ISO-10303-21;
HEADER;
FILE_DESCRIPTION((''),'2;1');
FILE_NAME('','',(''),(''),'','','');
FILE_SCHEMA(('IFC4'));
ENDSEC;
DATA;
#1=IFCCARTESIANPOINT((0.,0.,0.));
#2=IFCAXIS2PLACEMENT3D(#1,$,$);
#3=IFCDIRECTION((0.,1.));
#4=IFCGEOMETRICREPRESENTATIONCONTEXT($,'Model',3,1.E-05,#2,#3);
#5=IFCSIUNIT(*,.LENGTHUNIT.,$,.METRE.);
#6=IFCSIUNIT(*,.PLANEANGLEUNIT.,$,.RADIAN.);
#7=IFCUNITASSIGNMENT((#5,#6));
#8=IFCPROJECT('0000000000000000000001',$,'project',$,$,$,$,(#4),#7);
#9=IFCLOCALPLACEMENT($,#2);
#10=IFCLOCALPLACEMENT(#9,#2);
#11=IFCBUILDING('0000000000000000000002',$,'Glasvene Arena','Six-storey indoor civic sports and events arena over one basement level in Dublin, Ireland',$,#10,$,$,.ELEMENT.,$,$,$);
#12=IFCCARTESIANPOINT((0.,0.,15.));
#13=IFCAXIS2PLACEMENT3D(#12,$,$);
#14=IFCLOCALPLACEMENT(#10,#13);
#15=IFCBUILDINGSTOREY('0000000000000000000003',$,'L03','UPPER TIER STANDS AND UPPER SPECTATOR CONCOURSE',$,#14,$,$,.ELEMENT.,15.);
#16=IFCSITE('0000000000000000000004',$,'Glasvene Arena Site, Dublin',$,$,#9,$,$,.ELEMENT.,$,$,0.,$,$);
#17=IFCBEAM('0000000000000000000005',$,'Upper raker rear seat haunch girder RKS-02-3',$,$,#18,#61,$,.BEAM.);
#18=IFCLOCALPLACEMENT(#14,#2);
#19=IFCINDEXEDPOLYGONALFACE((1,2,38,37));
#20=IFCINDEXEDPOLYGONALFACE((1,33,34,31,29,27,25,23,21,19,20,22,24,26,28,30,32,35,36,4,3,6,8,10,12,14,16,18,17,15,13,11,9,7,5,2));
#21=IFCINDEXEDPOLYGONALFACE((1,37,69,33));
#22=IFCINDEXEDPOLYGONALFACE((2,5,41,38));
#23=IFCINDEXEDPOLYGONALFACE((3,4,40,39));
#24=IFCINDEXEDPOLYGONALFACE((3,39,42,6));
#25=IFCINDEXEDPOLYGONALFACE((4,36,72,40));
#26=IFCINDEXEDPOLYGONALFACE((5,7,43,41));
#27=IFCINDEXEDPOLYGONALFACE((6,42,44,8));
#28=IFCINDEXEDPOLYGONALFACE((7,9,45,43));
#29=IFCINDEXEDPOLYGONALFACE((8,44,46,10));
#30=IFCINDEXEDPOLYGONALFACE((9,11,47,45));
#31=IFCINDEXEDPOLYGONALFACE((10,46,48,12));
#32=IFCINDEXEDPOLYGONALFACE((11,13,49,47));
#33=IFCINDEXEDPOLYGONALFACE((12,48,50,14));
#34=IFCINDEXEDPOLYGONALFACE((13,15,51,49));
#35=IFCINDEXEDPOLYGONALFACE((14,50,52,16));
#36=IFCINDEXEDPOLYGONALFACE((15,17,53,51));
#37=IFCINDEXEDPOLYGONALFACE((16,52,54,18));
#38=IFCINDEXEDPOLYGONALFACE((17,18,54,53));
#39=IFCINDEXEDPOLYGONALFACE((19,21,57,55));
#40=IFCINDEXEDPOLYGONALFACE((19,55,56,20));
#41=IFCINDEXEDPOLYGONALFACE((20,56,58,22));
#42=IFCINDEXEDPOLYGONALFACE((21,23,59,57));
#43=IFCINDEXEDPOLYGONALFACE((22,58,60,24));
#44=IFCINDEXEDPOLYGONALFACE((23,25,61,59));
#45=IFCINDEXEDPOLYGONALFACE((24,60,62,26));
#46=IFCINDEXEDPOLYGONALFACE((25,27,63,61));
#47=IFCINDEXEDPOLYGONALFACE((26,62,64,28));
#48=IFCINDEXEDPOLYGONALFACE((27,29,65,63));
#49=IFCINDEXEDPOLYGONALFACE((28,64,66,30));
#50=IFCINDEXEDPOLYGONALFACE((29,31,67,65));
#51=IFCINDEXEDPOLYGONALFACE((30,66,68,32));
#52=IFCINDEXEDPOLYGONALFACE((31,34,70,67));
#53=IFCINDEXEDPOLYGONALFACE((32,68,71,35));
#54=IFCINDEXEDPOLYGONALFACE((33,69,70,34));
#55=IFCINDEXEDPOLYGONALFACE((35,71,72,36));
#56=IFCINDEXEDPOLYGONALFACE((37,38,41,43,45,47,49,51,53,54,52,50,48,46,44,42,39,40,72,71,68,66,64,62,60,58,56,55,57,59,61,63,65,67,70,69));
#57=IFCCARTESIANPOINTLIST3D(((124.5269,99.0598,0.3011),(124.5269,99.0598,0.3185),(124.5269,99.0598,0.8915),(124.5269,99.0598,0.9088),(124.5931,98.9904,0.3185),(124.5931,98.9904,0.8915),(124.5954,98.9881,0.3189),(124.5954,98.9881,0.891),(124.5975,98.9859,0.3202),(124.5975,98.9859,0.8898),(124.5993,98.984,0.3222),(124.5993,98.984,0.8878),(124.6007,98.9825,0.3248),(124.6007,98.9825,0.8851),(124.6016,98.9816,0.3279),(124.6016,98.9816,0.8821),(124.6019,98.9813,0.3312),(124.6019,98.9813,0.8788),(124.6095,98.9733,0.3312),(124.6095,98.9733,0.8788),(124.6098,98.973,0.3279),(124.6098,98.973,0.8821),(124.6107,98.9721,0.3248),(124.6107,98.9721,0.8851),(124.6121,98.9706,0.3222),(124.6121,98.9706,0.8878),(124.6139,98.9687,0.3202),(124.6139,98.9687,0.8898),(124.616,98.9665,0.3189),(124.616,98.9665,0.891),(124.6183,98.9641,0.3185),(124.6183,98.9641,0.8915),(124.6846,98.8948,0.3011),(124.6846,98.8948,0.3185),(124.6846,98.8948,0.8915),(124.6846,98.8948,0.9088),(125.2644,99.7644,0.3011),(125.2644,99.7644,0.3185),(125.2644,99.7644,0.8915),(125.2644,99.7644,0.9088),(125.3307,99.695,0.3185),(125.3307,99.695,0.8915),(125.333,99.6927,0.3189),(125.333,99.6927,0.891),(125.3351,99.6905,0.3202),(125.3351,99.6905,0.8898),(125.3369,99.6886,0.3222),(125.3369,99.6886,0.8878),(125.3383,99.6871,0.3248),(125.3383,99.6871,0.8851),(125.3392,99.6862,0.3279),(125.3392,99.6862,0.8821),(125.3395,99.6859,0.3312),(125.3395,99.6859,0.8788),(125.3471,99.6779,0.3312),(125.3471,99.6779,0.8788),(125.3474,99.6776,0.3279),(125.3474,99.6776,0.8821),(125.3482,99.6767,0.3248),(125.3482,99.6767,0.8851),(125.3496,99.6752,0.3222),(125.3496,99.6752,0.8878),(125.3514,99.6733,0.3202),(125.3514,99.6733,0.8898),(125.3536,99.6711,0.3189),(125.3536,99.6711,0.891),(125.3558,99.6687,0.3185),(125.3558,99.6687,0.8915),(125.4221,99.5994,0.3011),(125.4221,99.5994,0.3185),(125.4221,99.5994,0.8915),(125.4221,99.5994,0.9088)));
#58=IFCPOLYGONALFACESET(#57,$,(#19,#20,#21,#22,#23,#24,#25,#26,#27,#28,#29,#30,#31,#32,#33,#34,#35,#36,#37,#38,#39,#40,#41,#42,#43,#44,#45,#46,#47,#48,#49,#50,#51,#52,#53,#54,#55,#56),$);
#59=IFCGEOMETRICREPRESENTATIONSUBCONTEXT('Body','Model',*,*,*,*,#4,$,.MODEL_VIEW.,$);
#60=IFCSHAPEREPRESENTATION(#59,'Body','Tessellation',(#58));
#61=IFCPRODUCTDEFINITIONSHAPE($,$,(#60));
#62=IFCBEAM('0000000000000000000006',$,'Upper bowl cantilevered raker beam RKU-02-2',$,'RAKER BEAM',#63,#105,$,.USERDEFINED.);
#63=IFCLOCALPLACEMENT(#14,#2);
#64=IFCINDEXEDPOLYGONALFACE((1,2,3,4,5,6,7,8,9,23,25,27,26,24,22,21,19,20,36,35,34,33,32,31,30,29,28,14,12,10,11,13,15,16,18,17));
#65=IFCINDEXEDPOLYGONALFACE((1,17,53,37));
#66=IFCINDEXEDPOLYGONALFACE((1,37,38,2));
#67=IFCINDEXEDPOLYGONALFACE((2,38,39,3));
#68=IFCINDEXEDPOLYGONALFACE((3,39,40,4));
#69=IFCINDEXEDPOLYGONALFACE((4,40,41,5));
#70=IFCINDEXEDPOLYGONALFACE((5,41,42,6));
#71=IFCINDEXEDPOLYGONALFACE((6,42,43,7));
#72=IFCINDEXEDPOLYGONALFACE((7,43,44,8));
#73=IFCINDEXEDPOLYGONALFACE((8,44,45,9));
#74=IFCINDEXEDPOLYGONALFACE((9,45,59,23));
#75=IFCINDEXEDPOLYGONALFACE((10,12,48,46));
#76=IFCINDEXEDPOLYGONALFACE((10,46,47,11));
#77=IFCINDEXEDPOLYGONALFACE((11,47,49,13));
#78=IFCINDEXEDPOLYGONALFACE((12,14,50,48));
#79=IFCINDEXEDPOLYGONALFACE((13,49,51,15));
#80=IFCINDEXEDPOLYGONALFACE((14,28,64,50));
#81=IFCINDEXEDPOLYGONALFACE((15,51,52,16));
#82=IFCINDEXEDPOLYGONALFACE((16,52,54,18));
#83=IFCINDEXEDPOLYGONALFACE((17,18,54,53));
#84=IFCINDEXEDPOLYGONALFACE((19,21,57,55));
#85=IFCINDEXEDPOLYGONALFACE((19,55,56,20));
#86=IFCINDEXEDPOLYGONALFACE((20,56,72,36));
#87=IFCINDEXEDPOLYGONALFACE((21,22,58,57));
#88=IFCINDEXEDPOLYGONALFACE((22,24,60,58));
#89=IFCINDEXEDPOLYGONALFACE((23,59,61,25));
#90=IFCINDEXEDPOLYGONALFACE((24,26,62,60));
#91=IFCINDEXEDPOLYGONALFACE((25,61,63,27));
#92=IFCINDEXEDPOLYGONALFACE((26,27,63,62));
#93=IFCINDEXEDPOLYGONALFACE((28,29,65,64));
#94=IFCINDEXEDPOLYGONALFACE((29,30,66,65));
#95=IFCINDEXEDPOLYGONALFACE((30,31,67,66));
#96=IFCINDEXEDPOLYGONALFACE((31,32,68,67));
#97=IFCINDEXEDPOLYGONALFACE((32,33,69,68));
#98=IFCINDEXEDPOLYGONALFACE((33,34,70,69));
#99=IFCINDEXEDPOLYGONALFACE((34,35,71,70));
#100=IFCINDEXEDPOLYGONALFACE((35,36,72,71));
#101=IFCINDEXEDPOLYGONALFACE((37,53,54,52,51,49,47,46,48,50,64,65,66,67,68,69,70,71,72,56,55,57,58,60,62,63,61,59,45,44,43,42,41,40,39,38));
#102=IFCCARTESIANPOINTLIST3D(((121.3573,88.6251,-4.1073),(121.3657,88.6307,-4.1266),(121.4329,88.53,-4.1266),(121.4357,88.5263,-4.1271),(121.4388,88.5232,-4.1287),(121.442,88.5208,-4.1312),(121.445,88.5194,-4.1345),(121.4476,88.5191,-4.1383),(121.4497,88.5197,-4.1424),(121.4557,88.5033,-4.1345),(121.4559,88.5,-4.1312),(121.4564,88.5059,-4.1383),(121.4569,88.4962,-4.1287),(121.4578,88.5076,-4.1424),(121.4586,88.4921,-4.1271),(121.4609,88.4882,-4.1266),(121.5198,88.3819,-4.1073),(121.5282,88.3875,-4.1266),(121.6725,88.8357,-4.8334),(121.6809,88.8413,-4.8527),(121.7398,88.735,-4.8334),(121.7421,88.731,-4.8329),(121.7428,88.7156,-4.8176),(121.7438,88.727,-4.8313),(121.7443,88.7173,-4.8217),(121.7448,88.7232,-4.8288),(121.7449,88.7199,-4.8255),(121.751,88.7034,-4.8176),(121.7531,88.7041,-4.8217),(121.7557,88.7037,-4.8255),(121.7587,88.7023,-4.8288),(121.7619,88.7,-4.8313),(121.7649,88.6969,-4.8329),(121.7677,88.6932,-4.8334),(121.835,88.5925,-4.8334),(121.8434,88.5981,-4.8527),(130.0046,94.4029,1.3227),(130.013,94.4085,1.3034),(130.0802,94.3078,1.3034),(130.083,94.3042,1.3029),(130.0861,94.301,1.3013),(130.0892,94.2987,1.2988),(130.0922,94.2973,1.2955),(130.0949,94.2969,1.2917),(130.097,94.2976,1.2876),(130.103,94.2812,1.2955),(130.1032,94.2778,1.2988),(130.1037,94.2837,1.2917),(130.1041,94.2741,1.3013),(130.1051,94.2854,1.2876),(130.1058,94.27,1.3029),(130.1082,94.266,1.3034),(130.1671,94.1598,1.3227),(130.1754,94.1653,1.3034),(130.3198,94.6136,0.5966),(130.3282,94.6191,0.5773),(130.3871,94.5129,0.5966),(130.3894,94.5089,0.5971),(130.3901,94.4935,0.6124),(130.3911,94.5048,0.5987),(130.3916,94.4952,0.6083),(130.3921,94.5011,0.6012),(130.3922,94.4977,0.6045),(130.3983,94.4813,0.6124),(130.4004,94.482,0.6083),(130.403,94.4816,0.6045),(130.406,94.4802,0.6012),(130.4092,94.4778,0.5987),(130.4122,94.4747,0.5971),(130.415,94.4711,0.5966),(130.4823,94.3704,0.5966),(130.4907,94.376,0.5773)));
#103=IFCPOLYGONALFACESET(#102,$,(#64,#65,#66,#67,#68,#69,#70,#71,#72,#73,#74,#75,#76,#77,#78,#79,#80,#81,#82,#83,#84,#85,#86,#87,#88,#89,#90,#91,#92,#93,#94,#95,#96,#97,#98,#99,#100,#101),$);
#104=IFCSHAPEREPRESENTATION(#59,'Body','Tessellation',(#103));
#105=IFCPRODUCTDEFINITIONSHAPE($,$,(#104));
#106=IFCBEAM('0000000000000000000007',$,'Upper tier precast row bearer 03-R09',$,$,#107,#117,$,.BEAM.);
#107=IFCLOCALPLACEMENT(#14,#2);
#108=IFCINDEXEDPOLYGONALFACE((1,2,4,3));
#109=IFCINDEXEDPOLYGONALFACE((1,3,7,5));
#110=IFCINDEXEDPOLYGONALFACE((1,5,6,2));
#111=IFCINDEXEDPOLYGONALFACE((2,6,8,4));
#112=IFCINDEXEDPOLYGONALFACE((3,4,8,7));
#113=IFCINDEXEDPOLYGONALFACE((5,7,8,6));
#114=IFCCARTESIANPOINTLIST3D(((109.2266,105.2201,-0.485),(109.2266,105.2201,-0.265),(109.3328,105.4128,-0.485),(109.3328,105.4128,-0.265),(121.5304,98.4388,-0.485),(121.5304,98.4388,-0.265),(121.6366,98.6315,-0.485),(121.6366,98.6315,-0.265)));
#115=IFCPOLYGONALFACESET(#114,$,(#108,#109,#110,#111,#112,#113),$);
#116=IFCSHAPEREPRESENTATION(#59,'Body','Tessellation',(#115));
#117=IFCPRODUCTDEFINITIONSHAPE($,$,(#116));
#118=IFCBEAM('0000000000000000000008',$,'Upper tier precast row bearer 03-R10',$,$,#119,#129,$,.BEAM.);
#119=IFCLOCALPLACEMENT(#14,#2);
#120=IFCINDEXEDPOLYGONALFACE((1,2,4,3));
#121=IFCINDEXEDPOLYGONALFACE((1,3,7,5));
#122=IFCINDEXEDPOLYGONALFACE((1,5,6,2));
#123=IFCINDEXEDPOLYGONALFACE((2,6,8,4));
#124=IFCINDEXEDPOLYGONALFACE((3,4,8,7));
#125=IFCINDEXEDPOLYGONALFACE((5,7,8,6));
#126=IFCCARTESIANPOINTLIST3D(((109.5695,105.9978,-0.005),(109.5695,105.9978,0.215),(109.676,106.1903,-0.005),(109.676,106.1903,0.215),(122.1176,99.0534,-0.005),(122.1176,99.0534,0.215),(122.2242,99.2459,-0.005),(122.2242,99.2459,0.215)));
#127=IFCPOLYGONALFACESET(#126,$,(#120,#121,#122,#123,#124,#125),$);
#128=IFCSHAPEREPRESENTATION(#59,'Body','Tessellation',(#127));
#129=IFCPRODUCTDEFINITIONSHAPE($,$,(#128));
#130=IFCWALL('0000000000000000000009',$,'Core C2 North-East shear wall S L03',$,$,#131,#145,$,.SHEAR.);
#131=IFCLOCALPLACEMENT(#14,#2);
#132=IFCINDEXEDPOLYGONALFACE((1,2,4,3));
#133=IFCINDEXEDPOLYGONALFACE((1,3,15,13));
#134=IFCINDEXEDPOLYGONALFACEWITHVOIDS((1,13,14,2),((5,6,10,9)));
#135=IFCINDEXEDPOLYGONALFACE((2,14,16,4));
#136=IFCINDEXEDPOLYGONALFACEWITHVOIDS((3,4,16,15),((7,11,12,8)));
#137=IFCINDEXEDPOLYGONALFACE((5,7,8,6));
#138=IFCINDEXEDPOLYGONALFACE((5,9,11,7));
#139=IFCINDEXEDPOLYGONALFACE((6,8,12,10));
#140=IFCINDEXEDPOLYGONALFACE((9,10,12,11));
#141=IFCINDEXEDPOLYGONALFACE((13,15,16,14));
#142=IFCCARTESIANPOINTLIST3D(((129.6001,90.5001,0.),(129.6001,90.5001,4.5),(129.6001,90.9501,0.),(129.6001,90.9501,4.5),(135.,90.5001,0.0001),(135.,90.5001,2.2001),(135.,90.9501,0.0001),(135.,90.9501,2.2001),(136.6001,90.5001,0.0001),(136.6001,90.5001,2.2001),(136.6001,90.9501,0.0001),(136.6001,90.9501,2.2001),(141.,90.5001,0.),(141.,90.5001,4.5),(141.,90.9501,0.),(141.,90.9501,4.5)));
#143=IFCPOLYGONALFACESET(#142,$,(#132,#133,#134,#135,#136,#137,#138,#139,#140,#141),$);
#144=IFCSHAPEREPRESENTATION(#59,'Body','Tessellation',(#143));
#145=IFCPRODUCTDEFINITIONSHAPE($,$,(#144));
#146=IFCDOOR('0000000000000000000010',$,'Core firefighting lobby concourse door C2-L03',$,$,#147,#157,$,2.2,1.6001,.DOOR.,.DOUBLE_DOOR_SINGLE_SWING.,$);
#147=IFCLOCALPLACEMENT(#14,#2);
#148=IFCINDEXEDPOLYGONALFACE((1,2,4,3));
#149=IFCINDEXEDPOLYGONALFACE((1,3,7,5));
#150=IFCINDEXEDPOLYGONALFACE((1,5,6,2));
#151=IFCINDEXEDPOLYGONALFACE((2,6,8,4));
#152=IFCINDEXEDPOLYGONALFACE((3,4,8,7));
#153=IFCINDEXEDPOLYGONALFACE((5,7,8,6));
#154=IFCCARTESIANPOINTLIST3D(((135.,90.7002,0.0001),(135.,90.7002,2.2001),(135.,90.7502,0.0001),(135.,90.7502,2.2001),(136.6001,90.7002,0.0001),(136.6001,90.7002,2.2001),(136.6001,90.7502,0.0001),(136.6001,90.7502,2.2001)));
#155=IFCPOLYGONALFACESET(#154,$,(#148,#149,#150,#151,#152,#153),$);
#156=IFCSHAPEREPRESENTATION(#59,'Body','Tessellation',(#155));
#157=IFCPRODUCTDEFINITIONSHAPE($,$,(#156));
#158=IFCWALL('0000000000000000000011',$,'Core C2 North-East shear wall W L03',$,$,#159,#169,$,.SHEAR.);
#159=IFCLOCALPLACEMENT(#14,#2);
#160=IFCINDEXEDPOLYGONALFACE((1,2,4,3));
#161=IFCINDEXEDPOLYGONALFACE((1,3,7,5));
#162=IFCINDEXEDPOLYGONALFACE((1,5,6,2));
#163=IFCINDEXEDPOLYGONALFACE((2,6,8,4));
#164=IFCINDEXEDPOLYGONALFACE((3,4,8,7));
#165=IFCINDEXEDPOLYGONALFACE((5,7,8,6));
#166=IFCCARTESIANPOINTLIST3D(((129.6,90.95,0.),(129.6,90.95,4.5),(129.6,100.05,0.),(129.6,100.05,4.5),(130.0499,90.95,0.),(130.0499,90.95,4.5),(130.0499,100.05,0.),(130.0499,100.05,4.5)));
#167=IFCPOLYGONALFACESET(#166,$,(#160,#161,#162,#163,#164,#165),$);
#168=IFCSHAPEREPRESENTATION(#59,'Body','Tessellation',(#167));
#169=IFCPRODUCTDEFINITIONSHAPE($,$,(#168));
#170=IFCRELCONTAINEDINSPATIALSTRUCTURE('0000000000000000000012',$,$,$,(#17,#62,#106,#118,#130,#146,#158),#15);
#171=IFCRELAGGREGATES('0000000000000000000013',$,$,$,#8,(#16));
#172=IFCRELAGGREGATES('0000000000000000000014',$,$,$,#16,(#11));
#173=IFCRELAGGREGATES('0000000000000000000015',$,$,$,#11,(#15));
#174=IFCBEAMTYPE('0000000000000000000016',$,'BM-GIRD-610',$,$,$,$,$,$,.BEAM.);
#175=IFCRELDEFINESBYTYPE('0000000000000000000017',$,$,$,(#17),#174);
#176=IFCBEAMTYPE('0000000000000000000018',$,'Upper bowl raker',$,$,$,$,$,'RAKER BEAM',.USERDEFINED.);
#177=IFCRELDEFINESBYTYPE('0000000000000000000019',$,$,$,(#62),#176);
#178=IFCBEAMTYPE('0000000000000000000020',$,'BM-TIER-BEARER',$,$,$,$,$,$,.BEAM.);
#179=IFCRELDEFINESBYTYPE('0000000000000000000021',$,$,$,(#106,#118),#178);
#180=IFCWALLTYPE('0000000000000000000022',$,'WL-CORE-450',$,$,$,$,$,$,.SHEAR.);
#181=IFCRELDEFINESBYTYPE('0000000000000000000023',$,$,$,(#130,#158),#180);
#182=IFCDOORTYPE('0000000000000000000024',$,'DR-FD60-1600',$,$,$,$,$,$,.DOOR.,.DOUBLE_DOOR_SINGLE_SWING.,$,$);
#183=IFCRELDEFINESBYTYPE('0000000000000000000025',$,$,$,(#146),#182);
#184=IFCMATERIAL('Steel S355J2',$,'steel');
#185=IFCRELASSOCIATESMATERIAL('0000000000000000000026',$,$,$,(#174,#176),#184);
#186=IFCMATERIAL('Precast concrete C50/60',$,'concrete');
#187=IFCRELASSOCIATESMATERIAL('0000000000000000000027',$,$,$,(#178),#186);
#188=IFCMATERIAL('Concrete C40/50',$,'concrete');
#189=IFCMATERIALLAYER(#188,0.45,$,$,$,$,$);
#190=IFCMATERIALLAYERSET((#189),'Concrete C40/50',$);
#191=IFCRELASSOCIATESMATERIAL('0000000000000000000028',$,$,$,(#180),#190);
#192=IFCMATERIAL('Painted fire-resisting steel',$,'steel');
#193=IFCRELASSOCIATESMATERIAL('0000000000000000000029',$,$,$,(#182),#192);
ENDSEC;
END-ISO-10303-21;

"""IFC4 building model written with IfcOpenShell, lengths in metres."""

from ifc_helpers import new_model, si_unit, direction, frame, frame_2d, origin, origin_2d, place, context, subcontext, project, spatial, rectangle, i_section, extrude, material, layer, layer_set, material_profile, profile_set, type_object, element, fill, save


model = new_model("IFC4")

# Units and contexts
model_context = context("Model", 3, precision=1e-05, world=origin(), true_north=direction((0.0, 1.0)))
body_context = subcontext(model_context, "Body", "Model", "MODEL_VIEW")
ifc_project = project(units=[si_unit("LENGTHUNIT", "METRE"), si_unit("PLANEANGLEUNIT", "RADIAN")], contexts=[model_context])

# Site, building, storey
site_placement = place(None, origin())
site = spatial("IfcSite", under=ifc_project, at=site_placement, Name="Glasvene Arena Site, Dublin", CompositionType="ELEMENT", RefElevation=0.0)
building_placement = place(site_placement, origin())
building = spatial("IfcBuilding", under=site, at=building_placement, Name="Glasvene Arena", Description="Six-storey indoor civic sports and events arena over one basement level in Dublin, Ireland", CompositionType="ELEMENT")
storey_placement = place(building_placement, frame((0.0, 0.0, 15.0)))
storey = spatial("IfcBuildingStorey", under=building, at=storey_placement, Name="L03", Description="UPPER TIER STANDS AND UPPER SPECTATOR CONCOURSE", CompositionType="ELEMENT", Elevation=15.0)

# Shared definitions
ifc_material_1 = material(Name="Steel S355J2", Category="steel")

# Beams
ifc_material_profile_1 = material_profile(ifc_material_1, i_section(OverallWidth=0.2283, OverallDepth=0.6077, WebThickness=0.011, FlangeThickness=0.0173, FilletRadius=0.0127, at=origin_2d()), Name="UKB 610x229x113")
ifc_profile_set_1 = profile_set([ifc_material_profile_1], Name="Steel S355J2")
beam_type_1 = type_object("IfcBeamType", Name="BM-GIRD-610", PredefinedType="BEAM", material=ifc_profile_set_1)
beam_1_placement = place(storey_placement, frame((124.6057, 98.9773, 0.605), z_axis=(0.723078, 0.690766, 0.0), x_axis=(-0.690766, 0.723078, 0.0)))
element("IfcBeam", 1, at=beam_1_placement, inside=storey, type_object=beam_type_1, Name="Upper raker rear seat haunch girder RKS-02-3", PredefinedType="BEAM", context=body_context, shape_type="SweptSolid", body=[
    extrude(i_section(OverallWidth=0.2283, OverallDepth=0.6077, WebThickness=0.011, FlangeThickness=0.0173, FilletRadius=0.0127, at=origin_2d()), origin(), (0.0, 0.0, 1.0), 1.02),
])
ifc_material_profile_2 = material_profile(ifc_material_1, i_section(OverallWidth=0.2925, OverallDepth=0.8408, WebThickness=0.0146, FlangeThickness=0.0217, FilletRadius=0.0178, at=origin_2d()), Name="UKB 838x292x194")
ifc_profile_set_2 = profile_set([ifc_material_profile_2], Name="Steel S355J2")
beam_type_2 = type_object("IfcBeamType", Name="Upper bowl raker", ElementType="RAKER BEAM", PredefinedType="USERDEFINED", material=ifc_profile_set_2)
beam_2_placement = place(storey_placement, frame((121.6003, 88.6116, -4.48), z_axis=(0.737057, 0.492481, 0.462827), x_axis=(-0.555567, 0.831472, 0.0)))
element("IfcBeam", 2, at=beam_2_placement, inside=storey, type_object=beam_type_2, Name="Upper bowl cantilevered raker beam RKU-02-2", ObjectType="RAKER BEAM", PredefinedType="USERDEFINED", context=body_context, shape_type="SweptSolid", body=[
    extrude(i_section(OverallWidth=0.2925, OverallDepth=0.8408, WebThickness=0.0146, FlangeThickness=0.0217, FilletRadius=0.0178, at=origin_2d()), origin(), (0.0, 0.0, 1.0), 11.7322),
])
ifc_material_2 = material(Name="Precast concrete C50/60", Category="concrete")
ifc_material_profile_3 = material_profile(ifc_material_2, rectangle(XDim=0.22, YDim=0.22, at=origin_2d()), Name="RC 220x220")
ifc_profile_set_3 = profile_set([ifc_material_profile_3], Name="Precast concrete C50/60")
beam_type_3 = type_object("IfcBeamType", Name="BM-TIER-BEARER", PredefinedType="BEAM", material=ifc_profile_set_3)
beam_3_placement = place(storey_placement, frame((121.5835, 98.5352, -0.375), z_axis=(-0.875788, 0.482695, 0.0), x_axis=(-0.482695, -0.875788, 0.0)))
element("IfcBeam", 3, at=beam_3_placement, inside=storey, type_object=beam_type_3, Name="Upper tier precast row bearer 03-R09", PredefinedType="BEAM", context=body_context, shape_type="SweptSolid", body=[
    extrude(rectangle(XDim=0.22, YDim=0.22, at=origin_2d()), origin(), (0.0, 0.0, 1.0), 14.0488),
])
beam_4_placement = place(storey_placement, frame((122.1709, 99.1497, 0.105), z_axis=(-0.87495, 0.484213, 0.0), x_axis=(-0.484213, -0.87495, 0.0)))
element("IfcBeam", 4, at=beam_4_placement, inside=storey, type_object=beam_type_3, Name="Upper tier precast row bearer 03-R10", PredefinedType="BEAM", context=body_context, shape_type="SweptSolid", body=[
    extrude(rectangle(XDim=0.22, YDim=0.22, at=origin_2d()), origin(), (0.0, 0.0, 1.0), 14.3416),
])

# Shared definitions
ifc_material_3 = material(Name="Concrete C40/50", Category="concrete")

# Wall, opening, door
ifc_layer_1 = layer(ifc_material_3, 0.45)
ifc_layer_set_1 = layer_set([ifc_layer_1], Name="Concrete C40/50")
wall_type_1 = type_object("IfcWallType", Name="WL-CORE-450", PredefinedType="SHEAR", material=ifc_layer_set_1)
wall_1_placement = place(storey_placement, frame((129.6001, 90.7251, 0.0), z_axis=(0.0, 0.0, 1.0), x_axis=(1.0, 0.0, 0.0)))
wall_1 = element("IfcWall", 5, at=wall_1_placement, inside=storey, type_object=wall_type_1, Name="Core C2 North-East shear wall S L03", PredefinedType="SHEAR", context=body_context, shape_type="SweptSolid", body=[
    extrude(rectangle(XDim=11.3999, YDim=0.45, at=frame_2d((5.7, 0.0))), origin(), (0.0, 0.0, 1.0), 4.5),
])
opening_1_placement = place(wall_1_placement, frame((5.3999, 0.0, 0.0)))
opening_1 = element("IfcOpeningElement", 6, at=opening_1_placement, cuts=wall_1, PredefinedType="OPENING", context=body_context, shape_type="SweptSolid", body=[
    extrude(rectangle(XDim=1.6001, YDim=2.2, at=frame_2d((0.8, 1.1001))), frame((0.0, 0.2349, 0.0), z_axis=(0.0, -1.0, 0.0), x_axis=(1.0, 0.0, 0.0)), (0.0, 0.0, 1.0), 0.47),
])
ifc_material_4 = material(Name="Painted fire-resisting steel", Category="steel")
door_type_1 = type_object("IfcDoorType", Name="DR-FD60-1600", OperationType="DOUBLE_DOOR_SINGLE_SWING", PredefinedType="DOOR", material=ifc_material_4)
door_1_placement = place(opening_1_placement, frame((1.6001, 0.0, 0.0), z_axis=(0.0, 0.0, 1.0), x_axis=(-1.0, 0.0, 0.0)))
door_1 = element("IfcDoor", 7, at=door_1_placement, inside=storey, type_object=door_type_1, Name="Core firefighting lobby concourse door C2-L03", OperationType="DOUBLE_DOOR_SINGLE_SWING", OverallHeight=2.2, OverallWidth=1.6001, PredefinedType="DOOR", context=body_context, shape_type="SweptSolid", body=[
    extrude(rectangle(XDim=1.6001, YDim=2.2, at=frame_2d((0.8, 1.1001))), frame((0.0, 0.0249, 0.0), z_axis=(0.0, -1.0, 0.0), x_axis=(1.0, 0.0, 0.0)), (0.0, 0.0, 1.0), 0.05),
])
fill(opening_1, door_1)

# Wall
wall_2_placement = place(storey_placement, frame((129.825, 90.95, 0.0), z_axis=(0.0, 0.0, 1.0), x_axis=(0.0, 1.0, 0.0)))
element("IfcWall", 8, at=wall_2_placement, inside=storey, type_object=wall_type_1, Name="Core C2 North-East shear wall W L03", PredefinedType="SHEAR", context=body_context, shape_type="SweptSolid", body=[
    extrude(rectangle(XDim=9.1001, YDim=0.45, at=frame_2d((4.55, 0.0))), origin(), (0.0, 0.0, 1.0), 4.5),
])

save(model, "model.ifc")
